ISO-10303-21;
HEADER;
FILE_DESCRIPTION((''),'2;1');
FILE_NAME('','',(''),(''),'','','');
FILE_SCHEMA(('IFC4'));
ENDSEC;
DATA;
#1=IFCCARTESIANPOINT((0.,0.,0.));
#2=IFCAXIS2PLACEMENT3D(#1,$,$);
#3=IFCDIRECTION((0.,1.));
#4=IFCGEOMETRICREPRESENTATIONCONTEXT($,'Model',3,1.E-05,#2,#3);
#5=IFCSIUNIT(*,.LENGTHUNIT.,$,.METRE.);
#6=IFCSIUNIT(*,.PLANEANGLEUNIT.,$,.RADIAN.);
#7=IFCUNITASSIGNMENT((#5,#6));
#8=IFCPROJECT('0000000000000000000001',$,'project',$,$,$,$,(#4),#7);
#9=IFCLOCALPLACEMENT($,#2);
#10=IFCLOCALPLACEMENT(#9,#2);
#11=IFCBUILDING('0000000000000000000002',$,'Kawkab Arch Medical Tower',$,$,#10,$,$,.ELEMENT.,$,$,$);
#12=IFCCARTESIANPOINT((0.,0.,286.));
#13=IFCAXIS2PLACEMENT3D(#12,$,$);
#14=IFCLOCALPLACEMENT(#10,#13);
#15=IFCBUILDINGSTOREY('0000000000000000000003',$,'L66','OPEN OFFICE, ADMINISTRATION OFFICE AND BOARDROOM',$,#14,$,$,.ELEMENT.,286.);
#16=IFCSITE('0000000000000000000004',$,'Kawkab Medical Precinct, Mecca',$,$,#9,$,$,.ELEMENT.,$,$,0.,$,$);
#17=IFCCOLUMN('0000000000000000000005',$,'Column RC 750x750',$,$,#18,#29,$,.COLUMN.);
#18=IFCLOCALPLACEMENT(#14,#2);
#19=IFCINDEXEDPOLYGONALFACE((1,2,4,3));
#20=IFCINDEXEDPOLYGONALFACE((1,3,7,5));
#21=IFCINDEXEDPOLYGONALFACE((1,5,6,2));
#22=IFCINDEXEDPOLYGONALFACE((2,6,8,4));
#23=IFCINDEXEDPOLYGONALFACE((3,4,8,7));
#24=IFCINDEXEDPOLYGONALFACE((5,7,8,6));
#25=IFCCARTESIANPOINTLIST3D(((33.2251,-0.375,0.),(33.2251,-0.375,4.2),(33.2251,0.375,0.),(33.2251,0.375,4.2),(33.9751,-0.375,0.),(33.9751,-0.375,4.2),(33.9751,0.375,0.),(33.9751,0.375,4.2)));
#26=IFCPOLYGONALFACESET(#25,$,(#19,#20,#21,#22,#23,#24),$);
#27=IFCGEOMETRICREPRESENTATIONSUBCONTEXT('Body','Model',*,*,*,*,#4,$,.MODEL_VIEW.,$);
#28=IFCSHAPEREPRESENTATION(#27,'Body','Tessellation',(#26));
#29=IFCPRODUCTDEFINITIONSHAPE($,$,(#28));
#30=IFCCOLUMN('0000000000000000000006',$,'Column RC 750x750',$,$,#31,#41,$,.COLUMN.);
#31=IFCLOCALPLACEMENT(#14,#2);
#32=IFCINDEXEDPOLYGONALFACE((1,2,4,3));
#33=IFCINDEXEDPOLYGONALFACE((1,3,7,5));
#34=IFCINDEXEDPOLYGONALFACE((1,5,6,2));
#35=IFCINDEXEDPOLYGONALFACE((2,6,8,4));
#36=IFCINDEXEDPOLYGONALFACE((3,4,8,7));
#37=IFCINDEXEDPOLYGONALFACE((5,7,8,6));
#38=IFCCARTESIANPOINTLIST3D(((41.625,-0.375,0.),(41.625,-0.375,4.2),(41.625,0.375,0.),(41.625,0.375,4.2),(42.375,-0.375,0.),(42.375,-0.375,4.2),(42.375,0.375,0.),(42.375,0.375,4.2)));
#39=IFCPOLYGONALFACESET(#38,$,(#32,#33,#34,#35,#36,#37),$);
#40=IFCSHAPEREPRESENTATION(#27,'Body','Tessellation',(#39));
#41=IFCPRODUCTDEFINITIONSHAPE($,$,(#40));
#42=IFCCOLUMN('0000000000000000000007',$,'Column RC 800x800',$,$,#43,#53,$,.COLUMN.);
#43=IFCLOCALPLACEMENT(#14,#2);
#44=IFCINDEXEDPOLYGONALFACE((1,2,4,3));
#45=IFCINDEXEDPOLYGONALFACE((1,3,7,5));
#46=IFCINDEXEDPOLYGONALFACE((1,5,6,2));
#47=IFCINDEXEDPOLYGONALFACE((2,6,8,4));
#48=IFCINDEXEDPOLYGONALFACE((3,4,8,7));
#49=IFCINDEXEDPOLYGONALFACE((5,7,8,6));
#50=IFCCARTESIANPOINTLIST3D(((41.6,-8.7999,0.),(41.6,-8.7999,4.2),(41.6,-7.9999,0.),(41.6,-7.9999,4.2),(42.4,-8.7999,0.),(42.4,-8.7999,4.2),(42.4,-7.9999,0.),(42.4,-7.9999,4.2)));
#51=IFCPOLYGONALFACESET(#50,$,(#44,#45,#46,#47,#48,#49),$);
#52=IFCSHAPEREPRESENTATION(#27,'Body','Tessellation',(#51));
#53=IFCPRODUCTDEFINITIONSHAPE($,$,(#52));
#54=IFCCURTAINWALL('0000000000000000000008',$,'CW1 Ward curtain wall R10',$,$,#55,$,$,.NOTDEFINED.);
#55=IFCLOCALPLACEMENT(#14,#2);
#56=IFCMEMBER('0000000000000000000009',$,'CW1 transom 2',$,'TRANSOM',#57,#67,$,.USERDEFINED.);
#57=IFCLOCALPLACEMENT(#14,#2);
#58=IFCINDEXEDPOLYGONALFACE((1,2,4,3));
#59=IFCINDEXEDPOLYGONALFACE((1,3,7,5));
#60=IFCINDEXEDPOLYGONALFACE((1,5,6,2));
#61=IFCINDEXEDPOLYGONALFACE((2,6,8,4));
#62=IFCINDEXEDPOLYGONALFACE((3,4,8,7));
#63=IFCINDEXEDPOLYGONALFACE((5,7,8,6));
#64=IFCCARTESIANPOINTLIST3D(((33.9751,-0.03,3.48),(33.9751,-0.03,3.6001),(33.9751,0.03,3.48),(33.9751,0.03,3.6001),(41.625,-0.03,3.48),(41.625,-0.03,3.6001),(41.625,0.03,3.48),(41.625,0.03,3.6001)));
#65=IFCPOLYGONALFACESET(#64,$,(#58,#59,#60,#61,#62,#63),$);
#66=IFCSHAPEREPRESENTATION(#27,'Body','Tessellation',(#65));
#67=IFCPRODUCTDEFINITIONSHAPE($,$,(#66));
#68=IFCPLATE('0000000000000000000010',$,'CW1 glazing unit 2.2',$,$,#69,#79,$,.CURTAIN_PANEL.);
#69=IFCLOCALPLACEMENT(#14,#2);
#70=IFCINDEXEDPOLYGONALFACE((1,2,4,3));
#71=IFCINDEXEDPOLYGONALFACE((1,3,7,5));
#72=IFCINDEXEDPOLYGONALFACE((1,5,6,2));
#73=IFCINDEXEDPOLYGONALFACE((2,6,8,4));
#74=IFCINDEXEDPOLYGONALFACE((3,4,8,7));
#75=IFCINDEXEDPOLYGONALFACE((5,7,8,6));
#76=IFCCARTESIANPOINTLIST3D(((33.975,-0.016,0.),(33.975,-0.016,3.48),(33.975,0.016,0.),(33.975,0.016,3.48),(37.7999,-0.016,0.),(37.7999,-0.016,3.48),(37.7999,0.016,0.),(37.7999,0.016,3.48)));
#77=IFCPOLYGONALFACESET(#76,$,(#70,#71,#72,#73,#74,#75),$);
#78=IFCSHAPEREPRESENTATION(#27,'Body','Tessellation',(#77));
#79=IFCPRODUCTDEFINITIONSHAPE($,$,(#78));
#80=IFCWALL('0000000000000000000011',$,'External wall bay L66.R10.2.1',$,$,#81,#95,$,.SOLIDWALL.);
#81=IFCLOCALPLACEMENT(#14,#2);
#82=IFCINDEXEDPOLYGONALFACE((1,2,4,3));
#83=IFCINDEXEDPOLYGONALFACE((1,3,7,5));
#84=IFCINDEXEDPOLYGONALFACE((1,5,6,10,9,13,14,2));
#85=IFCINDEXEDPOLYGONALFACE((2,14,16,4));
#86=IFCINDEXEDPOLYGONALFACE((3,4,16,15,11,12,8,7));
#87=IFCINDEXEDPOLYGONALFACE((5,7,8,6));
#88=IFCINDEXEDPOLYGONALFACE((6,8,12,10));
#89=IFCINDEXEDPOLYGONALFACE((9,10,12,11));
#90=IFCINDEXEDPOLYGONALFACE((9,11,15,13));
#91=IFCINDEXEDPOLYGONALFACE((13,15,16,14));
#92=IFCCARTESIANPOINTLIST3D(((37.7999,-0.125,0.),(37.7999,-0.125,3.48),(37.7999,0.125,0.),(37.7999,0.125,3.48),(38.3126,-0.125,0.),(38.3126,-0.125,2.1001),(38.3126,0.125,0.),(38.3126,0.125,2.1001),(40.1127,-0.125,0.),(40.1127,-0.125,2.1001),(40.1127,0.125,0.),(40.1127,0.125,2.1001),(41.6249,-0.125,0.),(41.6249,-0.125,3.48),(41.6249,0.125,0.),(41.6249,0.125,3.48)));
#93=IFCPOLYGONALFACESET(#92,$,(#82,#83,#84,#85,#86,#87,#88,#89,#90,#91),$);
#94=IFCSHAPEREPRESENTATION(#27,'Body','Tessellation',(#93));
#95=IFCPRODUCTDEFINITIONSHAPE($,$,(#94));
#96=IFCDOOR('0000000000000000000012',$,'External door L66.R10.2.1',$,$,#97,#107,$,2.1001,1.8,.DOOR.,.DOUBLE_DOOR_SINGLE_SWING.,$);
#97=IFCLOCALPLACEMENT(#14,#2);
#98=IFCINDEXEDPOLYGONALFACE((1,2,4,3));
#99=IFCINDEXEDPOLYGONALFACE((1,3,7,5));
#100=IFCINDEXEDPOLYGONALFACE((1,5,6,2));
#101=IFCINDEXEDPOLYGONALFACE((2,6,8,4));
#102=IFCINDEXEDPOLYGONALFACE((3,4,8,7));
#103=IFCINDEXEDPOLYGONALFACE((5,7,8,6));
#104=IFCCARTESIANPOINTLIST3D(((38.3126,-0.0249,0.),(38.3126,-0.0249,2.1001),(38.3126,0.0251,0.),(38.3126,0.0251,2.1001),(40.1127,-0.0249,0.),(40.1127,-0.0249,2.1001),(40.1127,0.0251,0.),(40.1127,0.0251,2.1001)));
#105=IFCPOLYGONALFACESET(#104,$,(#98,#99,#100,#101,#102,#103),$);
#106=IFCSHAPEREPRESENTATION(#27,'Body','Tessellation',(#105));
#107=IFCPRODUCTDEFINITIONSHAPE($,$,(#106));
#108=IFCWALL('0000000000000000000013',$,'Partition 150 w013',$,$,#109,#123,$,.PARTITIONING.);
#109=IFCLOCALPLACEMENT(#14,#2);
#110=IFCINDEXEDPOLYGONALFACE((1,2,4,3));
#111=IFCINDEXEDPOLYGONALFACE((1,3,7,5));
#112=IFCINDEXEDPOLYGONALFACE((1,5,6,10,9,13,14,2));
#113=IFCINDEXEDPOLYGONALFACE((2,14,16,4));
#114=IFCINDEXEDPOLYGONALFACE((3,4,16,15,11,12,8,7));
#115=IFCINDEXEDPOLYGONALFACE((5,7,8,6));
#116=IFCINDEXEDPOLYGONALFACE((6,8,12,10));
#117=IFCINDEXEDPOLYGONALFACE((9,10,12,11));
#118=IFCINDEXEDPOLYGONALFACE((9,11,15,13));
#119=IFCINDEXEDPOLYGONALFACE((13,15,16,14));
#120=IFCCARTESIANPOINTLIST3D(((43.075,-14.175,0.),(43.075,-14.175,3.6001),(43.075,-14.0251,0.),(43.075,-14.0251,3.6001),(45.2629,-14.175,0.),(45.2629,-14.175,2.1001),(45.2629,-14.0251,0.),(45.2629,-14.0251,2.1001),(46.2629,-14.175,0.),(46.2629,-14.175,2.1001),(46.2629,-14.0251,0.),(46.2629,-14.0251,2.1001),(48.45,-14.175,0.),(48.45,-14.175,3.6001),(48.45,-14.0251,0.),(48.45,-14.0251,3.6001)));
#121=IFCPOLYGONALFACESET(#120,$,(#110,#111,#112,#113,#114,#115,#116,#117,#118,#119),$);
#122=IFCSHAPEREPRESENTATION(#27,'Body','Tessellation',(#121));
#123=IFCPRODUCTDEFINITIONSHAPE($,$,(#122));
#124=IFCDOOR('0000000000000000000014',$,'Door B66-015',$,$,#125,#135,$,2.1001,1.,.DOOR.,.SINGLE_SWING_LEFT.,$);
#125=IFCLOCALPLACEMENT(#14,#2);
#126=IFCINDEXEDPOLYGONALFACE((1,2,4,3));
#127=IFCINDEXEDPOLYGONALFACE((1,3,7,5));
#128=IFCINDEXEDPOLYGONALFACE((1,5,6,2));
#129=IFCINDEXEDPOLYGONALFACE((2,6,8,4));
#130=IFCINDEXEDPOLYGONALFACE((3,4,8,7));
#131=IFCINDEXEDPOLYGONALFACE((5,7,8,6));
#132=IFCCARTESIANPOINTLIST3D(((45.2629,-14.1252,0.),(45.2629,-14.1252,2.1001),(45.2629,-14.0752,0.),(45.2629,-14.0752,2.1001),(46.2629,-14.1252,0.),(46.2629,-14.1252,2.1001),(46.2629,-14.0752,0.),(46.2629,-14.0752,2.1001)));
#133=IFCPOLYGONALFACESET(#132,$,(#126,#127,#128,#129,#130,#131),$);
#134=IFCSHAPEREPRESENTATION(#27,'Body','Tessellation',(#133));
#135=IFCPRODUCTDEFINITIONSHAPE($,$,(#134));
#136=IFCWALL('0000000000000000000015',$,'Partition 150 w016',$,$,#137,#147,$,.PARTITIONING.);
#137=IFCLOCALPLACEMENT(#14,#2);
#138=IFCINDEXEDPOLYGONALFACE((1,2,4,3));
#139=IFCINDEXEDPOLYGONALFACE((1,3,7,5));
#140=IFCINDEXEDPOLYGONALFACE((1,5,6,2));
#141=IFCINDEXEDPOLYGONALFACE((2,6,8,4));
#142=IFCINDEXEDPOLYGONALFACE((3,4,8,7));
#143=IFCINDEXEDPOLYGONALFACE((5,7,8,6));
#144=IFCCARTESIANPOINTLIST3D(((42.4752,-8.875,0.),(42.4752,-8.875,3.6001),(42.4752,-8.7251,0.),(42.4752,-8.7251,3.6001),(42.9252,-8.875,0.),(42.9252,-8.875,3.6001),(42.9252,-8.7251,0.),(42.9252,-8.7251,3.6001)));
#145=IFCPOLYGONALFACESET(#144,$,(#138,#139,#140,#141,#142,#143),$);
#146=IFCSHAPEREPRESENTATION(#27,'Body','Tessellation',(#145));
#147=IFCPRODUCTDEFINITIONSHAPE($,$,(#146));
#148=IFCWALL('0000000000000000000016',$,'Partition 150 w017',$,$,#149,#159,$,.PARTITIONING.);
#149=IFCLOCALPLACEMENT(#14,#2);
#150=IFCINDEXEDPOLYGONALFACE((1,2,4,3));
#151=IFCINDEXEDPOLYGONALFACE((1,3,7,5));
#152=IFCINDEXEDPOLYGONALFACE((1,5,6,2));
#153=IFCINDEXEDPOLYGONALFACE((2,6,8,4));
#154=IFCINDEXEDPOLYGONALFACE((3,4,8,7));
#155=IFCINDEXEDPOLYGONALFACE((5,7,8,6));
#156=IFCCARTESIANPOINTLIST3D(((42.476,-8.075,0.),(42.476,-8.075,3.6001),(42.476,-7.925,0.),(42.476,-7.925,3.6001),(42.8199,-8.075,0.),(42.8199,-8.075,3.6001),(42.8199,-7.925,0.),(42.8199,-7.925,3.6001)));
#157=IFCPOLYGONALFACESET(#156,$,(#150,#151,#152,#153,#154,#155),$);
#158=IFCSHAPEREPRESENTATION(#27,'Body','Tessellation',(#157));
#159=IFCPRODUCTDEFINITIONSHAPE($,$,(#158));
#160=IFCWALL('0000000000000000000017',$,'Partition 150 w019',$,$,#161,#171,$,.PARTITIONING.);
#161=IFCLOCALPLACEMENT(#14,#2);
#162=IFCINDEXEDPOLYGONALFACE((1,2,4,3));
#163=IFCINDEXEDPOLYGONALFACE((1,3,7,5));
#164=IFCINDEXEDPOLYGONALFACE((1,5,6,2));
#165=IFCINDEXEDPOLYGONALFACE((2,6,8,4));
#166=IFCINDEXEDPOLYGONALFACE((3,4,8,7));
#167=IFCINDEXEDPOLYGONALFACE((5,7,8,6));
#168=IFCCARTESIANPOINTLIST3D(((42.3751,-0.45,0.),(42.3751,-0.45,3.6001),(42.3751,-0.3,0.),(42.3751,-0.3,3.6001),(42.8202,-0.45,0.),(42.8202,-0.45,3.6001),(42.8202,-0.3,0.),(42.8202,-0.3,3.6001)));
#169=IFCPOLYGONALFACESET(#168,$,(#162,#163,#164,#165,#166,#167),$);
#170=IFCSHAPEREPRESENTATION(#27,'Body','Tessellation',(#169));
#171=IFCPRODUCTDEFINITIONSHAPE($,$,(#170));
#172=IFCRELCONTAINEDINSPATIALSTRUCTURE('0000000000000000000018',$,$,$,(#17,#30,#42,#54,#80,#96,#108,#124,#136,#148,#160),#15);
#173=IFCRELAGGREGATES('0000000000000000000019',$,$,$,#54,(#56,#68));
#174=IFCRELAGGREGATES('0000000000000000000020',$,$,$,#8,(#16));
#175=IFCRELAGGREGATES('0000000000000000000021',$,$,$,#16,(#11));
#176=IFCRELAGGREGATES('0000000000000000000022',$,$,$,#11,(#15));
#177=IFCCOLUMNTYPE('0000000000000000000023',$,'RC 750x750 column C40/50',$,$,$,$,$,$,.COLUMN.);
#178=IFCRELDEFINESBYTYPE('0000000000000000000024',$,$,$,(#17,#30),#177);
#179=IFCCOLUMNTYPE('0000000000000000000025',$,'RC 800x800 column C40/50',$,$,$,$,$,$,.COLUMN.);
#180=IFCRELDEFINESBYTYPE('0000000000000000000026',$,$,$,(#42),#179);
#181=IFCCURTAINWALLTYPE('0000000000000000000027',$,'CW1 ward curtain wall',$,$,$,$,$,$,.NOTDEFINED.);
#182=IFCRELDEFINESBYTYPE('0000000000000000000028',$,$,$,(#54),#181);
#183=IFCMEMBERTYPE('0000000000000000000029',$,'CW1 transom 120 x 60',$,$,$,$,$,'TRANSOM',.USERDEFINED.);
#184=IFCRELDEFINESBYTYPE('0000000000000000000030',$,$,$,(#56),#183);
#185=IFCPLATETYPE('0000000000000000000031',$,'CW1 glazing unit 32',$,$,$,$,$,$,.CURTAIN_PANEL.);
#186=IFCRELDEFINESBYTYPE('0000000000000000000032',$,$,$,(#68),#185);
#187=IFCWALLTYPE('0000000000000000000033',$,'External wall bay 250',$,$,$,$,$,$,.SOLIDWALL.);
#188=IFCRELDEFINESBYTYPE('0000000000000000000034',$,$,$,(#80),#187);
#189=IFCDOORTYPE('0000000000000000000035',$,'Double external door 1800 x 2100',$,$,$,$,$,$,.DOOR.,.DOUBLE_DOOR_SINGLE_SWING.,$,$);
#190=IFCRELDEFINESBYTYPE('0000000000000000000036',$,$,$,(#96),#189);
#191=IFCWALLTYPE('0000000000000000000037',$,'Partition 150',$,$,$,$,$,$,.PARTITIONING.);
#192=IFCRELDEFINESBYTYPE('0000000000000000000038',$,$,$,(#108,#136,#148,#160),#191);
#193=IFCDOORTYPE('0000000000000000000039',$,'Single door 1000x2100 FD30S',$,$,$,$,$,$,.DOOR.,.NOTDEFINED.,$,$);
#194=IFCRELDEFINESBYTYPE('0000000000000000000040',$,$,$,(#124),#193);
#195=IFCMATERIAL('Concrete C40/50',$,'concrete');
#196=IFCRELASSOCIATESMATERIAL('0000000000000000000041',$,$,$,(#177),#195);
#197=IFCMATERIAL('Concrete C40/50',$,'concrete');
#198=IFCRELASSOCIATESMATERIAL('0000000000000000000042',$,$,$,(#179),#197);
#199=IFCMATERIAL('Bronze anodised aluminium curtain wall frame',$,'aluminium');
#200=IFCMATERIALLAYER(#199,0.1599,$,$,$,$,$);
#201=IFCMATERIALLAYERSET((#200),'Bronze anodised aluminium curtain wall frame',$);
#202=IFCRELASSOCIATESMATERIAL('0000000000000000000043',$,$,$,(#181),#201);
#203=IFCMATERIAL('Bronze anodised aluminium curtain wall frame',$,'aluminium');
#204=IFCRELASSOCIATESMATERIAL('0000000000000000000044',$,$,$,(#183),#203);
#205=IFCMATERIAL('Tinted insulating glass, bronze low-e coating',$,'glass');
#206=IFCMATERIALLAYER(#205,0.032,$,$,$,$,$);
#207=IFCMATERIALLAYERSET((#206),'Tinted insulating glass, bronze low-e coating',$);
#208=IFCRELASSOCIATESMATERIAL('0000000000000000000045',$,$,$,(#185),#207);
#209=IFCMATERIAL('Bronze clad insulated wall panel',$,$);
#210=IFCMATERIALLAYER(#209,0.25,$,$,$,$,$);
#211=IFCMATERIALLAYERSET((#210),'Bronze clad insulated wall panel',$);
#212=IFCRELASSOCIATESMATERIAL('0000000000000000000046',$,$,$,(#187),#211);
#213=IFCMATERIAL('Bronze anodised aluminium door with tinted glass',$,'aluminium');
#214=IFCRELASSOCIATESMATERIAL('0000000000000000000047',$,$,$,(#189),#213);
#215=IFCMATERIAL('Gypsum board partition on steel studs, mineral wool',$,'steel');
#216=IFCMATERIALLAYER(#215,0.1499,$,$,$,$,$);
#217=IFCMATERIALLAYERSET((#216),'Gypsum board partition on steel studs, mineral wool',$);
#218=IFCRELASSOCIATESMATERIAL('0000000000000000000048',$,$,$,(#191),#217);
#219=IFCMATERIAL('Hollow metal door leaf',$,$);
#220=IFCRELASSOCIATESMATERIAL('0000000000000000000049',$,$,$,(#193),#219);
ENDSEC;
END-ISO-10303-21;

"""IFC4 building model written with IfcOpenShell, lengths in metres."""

from ifc_helpers import new_model, si_unit, direction, frame, frame_2d, origin, origin_2d, place, context, subcontext, project, spatial, rectangle, extrude, material, layer, layer_set, material_profile, profile_set, type_object, element, fill, aggregate, save


model = new_model("IFC4")

# Units and contexts
model_context = context("Model", 3, precision=1e-05, world=origin(), true_north=direction((0.0, 1.0)))
body_context = subcontext(model_context, "Body", "Model", "MODEL_VIEW")
ifc_project = project(units=[si_unit("LENGTHUNIT", "METRE"), si_unit("PLANEANGLEUNIT", "RADIAN")], contexts=[model_context])

# Site, building, storey
site_placement = place(None, origin())
site = spatial("IfcSite", under=ifc_project, at=site_placement, Name="Kawkab Medical Precinct, Mecca", CompositionType="ELEMENT", RefElevation=0.0)
building_placement = place(site_placement, origin())
building = spatial("IfcBuilding", under=site, at=building_placement, Name="Kawkab Arch Medical Tower", CompositionType="ELEMENT")
storey_placement = place(building_placement, frame((0.0, 0.0, 286.0)))
storey = spatial("IfcBuildingStorey", under=building, at=storey_placement, Name="L66", Description="OPEN OFFICE, ADMINISTRATION OFFICE AND BOARDROOM", CompositionType="ELEMENT", Elevation=286.0)

# Columns
ifc_material_1 = material(Name="Concrete C40/50", Category="concrete")
ifc_material_profile_1 = material_profile(ifc_material_1, rectangle(XDim=0.75, YDim=0.75, at=origin_2d()), Name="RC 750x750")
ifc_profile_set_1 = profile_set([ifc_material_profile_1], Name="Concrete C40/50")
column_type_1 = type_object("IfcColumnType", Name="RC 750x750 column C40/50", PredefinedType="COLUMN", material=ifc_profile_set_1)
for number, where, z_axis, x_axis, name in (
    (1, (33.6001, 0.0, 0.0), (0.0, 0.0, 1.0), (1.0, 0.0, 0.0), "Column RC 750x750"),
    (2, (42.0, 0.0, 0.0), (0.0, 0.0, 1.0), (1.0, 0.0, 0.0), "Column RC 750x750"),
):
    element("IfcColumn", number, at=place(storey_placement, frame(where, z_axis=z_axis, x_axis=x_axis)), inside=storey, type_object=column_type_1, Name=name, PredefinedType="COLUMN", context=body_context, shape_type="SweptSolid", body=[
        extrude(rectangle(XDim=0.75, YDim=0.75, at=origin_2d()), origin(), (0.0, 0.0, 1.0), 4.2),
    ])
ifc_material_2 = material(Name="Concrete C40/50", Category="concrete")
ifc_material_profile_2 = material_profile(ifc_material_2, rectangle(XDim=0.8, YDim=0.8, at=origin_2d()), Name="RC 800x800")
ifc_profile_set_2 = profile_set([ifc_material_profile_2], Name="Concrete C40/50")
column_type_2 = type_object("IfcColumnType", Name="RC 800x800 column C40/50", PredefinedType="COLUMN", material=ifc_profile_set_2)
column_placement = place(storey_placement, frame((42.0, -8.3999, 0.0), z_axis=(0.0, 0.0, 1.0), x_axis=(1.0, 0.0, 0.0)))
element("IfcColumn", 3, at=column_placement, inside=storey, type_object=column_type_2, Name="Column RC 800x800", PredefinedType="COLUMN", context=body_context, shape_type="SweptSolid", body=[
    extrude(rectangle(XDim=0.8, YDim=0.8, at=origin_2d()), origin(), (0.0, 0.0, 1.0), 4.2),
])

# Curtain wall, member, plate
ifc_material_3 = material(Name="Bronze anodised aluminium curtain wall frame", Category="aluminium")
ifc_layer_1 = layer(ifc_material_3, 0.1599)
ifc_layer_set_1 = layer_set([ifc_layer_1], Name="Bronze anodised aluminium curtain wall frame")
curtain_wall_type = type_object("IfcCurtainWallType", Name="CW1 ward curtain wall", PredefinedType="NOTDEFINED", material=ifc_layer_set_1)
placement = place(storey_placement, origin())
curtain_wall = element("IfcCurtainWall", 4, at=placement, inside=storey, type_object=curtain_wall_type, Name="CW1 Ward curtain wall R10", PredefinedType="NOTDEFINED")
ifc_material_4 = material(Name="Bronze anodised aluminium curtain wall frame", Category="aluminium")
ifc_material_profile_3 = material_profile(ifc_material_4, rectangle(XDim=0.0601, YDim=0.1201, at=origin_2d()), Name="AL 60x120")
ifc_profile_set_3 = profile_set([ifc_material_profile_3], Name="Bronze anodised aluminium curtain wall frame")
member_type = type_object("IfcMemberType", Name="CW1 transom 120 x 60", ElementType="TRANSOM", PredefinedType="USERDEFINED", material=ifc_profile_set_3)
member_placement = place(storey_placement, frame((41.625, 0.0, 3.54), z_axis=(-1.0, 0.0, 0.0), x_axis=(0.0, -1.0, 0.0)))
member = element("IfcMember", 5, at=member_placement, type_object=member_type, Name="CW1 transom 2", ObjectType="TRANSOM", PredefinedType="USERDEFINED", context=body_context, shape_type="SweptSolid", body=[
    extrude(rectangle(XDim=0.0601, YDim=0.1201, at=origin_2d()), origin(), (0.0, 0.0, 1.0), 7.6499),
])
ifc_material_5 = material(Name="Tinted insulating glass, bronze low-e coating", Category="glass")
ifc_layer_2 = layer(ifc_material_5, 0.032)
ifc_layer_set_2 = layer_set([ifc_layer_2], Name="Tinted insulating glass, bronze low-e coating")
plate_type = type_object("IfcPlateType", Name="CW1 glazing unit 32", PredefinedType="CURTAIN_PANEL", material=ifc_layer_set_2)
plate_placement = place(storey_placement, frame((35.8875, 0.0, 0.0), z_axis=(0.0, 0.0, 1.0), x_axis=(-1.0, 0.0, 0.0)))
plate = element("IfcPlate", 6, at=plate_placement, type_object=plate_type, Name="CW1 glazing unit 2.2", PredefinedType="CURTAIN_PANEL", context=body_context, shape_type="SweptSolid", body=[
    extrude(rectangle(XDim=3.825, YDim=0.032, at=origin_2d()), origin(), (0.0, 0.0, 1.0), 3.48),
])
aggregate(curtain_wall, [member, plate])

# Walls, openings, doors
ifc_material_6 = material(Name="Bronze clad insulated wall panel")
ifc_layer_3 = layer(ifc_material_6, 0.25)
ifc_layer_set_3 = layer_set([ifc_layer_3], Name="Bronze clad insulated wall panel")
wall_type_1 = type_object("IfcWallType", Name="External wall bay 250", PredefinedType="SOLIDWALL", material=ifc_layer_set_3)
wall_1_placement = place(storey_placement, frame((41.625, 0.0, 0.0), z_axis=(0.0, 0.0, 1.0), x_axis=(-1.0, 0.0, 0.0)))
wall_1 = element("IfcWall", 7, at=wall_1_placement, inside=storey, type_object=wall_type_1, Name="External wall bay L66.R10.2.1", PredefinedType="SOLIDWALL", context=body_context, shape_type="SweptSolid", body=[
    extrude(rectangle(XDim=3.825, YDim=0.25, at=frame_2d((1.9126, 0.0))), origin(), (0.0, 0.0, 1.0), 3.48),
])
opening_1_placement = place(wall_1_placement, frame((1.5125, 0.0, 0.0)))
opening_1 = element("IfcOpeningElement", 8, at=opening_1_placement, cuts=wall_1, PredefinedType="OPENING", context=body_context, shape_type="SweptSolid", body=[
    extrude(rectangle(XDim=1.8, YDim=2.1001, at=frame_2d((0.8999, 1.05))), frame((0.0, 0.135, 0.0), z_axis=(0.0, -1.0, 0.0), x_axis=(1.0, 0.0, 0.0)), (0.0, 0.0, 1.0), 0.27),
])
ifc_material_7 = material(Name="Bronze anodised aluminium door with tinted glass", Category="aluminium")
door_type_1 = type_object("IfcDoorType", Name="Double external door 1800 x 2100", OperationType="DOUBLE_DOOR_SINGLE_SWING", PredefinedType="DOOR", material=ifc_material_7)
door_1_placement = place(opening_1_placement, origin())
door_1 = element("IfcDoor", 9, at=door_1_placement, inside=storey, type_object=door_type_1, Name="External door L66.R10.2.1", OperationType="DOUBLE_DOOR_SINGLE_SWING", OverallHeight=2.1001, OverallWidth=1.8, PredefinedType="DOOR", context=body_context, shape_type="SweptSolid", body=[
    extrude(rectangle(XDim=1.8, YDim=2.1001, at=frame_2d((0.8999, 1.05))), frame((0.0, 0.0249, 0.0), z_axis=(0.0, -1.0, 0.0), x_axis=(1.0, 0.0, 0.0)), (0.0, 0.0, 1.0), 0.05),
])
fill(opening_1, door_1)
ifc_material_8 = material(Name="Gypsum board partition on steel studs, mineral wool", Category="steel")
ifc_layer_4 = layer(ifc_material_8, 0.1499)
ifc_layer_set_4 = layer_set([ifc_layer_4], Name="Gypsum board partition on steel studs, mineral wool")
wall_type_2 = type_object("IfcWallType", Name="Partition 150", PredefinedType="PARTITIONING", material=ifc_layer_set_4)
wall_2_placement = place(storey_placement, frame((43.075, -14.1001, 0.0), z_axis=(0.0, 0.0, 1.0), x_axis=(1.0, 0.0, 0.0)))
wall_2 = element("IfcWall", 10, at=wall_2_placement, inside=storey, type_object=wall_type_2, Name="Partition 150 w013", PredefinedType="PARTITIONING", context=body_context, shape_type="SweptSolid", body=[
    extrude(rectangle(XDim=5.375, YDim=0.1499, at=frame_2d((2.6875, 0.0))), origin(), (0.0, 0.0, 1.0), 3.6001),
])
opening_2_placement = place(wall_2_placement, frame((2.188, 0.0, 0.0)))
opening_2 = element("IfcOpeningElement", 11, at=opening_2_placement, cuts=wall_2, PredefinedType="OPENING", context=body_context, shape_type="SweptSolid", body=[
    extrude(rectangle(XDim=1.0, YDim=2.1001, at=frame_2d((0.5, 1.05))), frame((0.0, 0.085, 0.0), z_axis=(0.0, -1.0, 0.0), x_axis=(1.0, 0.0, 0.0)), (0.0, 0.0, 1.0), 0.1699),
])
ifc_material_9 = material(Name="Hollow metal door leaf")
door_type_2 = type_object("IfcDoorType", Name="Single door 1000x2100 FD30S", OperationType="NOTDEFINED", PredefinedType="DOOR", material=ifc_material_9)
door_2_placement = place(opening_2_placement, origin())
door_2 = element("IfcDoor", 12, at=door_2_placement, inside=storey, type_object=door_type_2, Name="Door B66-015", OperationType="SINGLE_SWING_LEFT", OverallHeight=2.1001, OverallWidth=1.0, PredefinedType="DOOR", context=body_context, shape_type="SweptSolid", body=[
    extrude(rectangle(XDim=1.0, YDim=2.1001, at=frame_2d((0.5, 1.05))), frame((0.0, 0.0249, 0.0), z_axis=(0.0, -1.0, 0.0), x_axis=(1.0, 0.0, 0.0)), (0.0, 0.0, 1.0), 0.05),
])
fill(opening_2, door_2)

# Walls
wall_3_placement = place(storey_placement, frame((42.4751, -8.8, 0.0), z_axis=(0.0, 0.0, 1.0), x_axis=(1.0, 0.0, 0.0)))
element("IfcWall", 13, at=wall_3_placement, inside=storey, type_object=wall_type_2, Name="Partition 150 w016", PredefinedType="PARTITIONING", context=body_context, shape_type="SweptSolid", body=[
    extrude(rectangle(XDim=0.45, YDim=0.1499, at=frame_2d((0.2251, 0.0))), origin(), (0.0, 0.0, 1.0), 3.6001),
])
wall_4_placement = place(storey_placement, frame((42.4761, -8.0, 0.0), z_axis=(0.0, 0.0, 1.0), x_axis=(1.0, 0.0, 0.0)))
element("IfcWall", 14, at=wall_4_placement, inside=storey, type_object=wall_type_2, Name="Partition 150 w017", PredefinedType="PARTITIONING", context=body_context, shape_type="SweptSolid", body=[
    extrude(rectangle(XDim=0.344, YDim=0.1499, at=frame_2d((0.1719, 0.0))), origin(), (0.0, 0.0, 1.0), 3.6001),
])
wall_5_placement = place(storey_placement, frame((42.375, -0.375, 0.0), z_axis=(0.0, 0.0, 1.0), x_axis=(1.0, 0.0, 0.0)))
element("IfcWall", 15, at=wall_5_placement, inside=storey, type_object=wall_type_2, Name="Partition 150 w019", PredefinedType="PARTITIONING", context=body_context, shape_type="SweptSolid", body=[
    extrude(rectangle(XDim=0.4451, YDim=0.1499, at=frame_2d((0.2227, 0.0))), origin(), (0.0, 0.0, 1.0), 3.6001),
])

save(model, "model.ifc")
